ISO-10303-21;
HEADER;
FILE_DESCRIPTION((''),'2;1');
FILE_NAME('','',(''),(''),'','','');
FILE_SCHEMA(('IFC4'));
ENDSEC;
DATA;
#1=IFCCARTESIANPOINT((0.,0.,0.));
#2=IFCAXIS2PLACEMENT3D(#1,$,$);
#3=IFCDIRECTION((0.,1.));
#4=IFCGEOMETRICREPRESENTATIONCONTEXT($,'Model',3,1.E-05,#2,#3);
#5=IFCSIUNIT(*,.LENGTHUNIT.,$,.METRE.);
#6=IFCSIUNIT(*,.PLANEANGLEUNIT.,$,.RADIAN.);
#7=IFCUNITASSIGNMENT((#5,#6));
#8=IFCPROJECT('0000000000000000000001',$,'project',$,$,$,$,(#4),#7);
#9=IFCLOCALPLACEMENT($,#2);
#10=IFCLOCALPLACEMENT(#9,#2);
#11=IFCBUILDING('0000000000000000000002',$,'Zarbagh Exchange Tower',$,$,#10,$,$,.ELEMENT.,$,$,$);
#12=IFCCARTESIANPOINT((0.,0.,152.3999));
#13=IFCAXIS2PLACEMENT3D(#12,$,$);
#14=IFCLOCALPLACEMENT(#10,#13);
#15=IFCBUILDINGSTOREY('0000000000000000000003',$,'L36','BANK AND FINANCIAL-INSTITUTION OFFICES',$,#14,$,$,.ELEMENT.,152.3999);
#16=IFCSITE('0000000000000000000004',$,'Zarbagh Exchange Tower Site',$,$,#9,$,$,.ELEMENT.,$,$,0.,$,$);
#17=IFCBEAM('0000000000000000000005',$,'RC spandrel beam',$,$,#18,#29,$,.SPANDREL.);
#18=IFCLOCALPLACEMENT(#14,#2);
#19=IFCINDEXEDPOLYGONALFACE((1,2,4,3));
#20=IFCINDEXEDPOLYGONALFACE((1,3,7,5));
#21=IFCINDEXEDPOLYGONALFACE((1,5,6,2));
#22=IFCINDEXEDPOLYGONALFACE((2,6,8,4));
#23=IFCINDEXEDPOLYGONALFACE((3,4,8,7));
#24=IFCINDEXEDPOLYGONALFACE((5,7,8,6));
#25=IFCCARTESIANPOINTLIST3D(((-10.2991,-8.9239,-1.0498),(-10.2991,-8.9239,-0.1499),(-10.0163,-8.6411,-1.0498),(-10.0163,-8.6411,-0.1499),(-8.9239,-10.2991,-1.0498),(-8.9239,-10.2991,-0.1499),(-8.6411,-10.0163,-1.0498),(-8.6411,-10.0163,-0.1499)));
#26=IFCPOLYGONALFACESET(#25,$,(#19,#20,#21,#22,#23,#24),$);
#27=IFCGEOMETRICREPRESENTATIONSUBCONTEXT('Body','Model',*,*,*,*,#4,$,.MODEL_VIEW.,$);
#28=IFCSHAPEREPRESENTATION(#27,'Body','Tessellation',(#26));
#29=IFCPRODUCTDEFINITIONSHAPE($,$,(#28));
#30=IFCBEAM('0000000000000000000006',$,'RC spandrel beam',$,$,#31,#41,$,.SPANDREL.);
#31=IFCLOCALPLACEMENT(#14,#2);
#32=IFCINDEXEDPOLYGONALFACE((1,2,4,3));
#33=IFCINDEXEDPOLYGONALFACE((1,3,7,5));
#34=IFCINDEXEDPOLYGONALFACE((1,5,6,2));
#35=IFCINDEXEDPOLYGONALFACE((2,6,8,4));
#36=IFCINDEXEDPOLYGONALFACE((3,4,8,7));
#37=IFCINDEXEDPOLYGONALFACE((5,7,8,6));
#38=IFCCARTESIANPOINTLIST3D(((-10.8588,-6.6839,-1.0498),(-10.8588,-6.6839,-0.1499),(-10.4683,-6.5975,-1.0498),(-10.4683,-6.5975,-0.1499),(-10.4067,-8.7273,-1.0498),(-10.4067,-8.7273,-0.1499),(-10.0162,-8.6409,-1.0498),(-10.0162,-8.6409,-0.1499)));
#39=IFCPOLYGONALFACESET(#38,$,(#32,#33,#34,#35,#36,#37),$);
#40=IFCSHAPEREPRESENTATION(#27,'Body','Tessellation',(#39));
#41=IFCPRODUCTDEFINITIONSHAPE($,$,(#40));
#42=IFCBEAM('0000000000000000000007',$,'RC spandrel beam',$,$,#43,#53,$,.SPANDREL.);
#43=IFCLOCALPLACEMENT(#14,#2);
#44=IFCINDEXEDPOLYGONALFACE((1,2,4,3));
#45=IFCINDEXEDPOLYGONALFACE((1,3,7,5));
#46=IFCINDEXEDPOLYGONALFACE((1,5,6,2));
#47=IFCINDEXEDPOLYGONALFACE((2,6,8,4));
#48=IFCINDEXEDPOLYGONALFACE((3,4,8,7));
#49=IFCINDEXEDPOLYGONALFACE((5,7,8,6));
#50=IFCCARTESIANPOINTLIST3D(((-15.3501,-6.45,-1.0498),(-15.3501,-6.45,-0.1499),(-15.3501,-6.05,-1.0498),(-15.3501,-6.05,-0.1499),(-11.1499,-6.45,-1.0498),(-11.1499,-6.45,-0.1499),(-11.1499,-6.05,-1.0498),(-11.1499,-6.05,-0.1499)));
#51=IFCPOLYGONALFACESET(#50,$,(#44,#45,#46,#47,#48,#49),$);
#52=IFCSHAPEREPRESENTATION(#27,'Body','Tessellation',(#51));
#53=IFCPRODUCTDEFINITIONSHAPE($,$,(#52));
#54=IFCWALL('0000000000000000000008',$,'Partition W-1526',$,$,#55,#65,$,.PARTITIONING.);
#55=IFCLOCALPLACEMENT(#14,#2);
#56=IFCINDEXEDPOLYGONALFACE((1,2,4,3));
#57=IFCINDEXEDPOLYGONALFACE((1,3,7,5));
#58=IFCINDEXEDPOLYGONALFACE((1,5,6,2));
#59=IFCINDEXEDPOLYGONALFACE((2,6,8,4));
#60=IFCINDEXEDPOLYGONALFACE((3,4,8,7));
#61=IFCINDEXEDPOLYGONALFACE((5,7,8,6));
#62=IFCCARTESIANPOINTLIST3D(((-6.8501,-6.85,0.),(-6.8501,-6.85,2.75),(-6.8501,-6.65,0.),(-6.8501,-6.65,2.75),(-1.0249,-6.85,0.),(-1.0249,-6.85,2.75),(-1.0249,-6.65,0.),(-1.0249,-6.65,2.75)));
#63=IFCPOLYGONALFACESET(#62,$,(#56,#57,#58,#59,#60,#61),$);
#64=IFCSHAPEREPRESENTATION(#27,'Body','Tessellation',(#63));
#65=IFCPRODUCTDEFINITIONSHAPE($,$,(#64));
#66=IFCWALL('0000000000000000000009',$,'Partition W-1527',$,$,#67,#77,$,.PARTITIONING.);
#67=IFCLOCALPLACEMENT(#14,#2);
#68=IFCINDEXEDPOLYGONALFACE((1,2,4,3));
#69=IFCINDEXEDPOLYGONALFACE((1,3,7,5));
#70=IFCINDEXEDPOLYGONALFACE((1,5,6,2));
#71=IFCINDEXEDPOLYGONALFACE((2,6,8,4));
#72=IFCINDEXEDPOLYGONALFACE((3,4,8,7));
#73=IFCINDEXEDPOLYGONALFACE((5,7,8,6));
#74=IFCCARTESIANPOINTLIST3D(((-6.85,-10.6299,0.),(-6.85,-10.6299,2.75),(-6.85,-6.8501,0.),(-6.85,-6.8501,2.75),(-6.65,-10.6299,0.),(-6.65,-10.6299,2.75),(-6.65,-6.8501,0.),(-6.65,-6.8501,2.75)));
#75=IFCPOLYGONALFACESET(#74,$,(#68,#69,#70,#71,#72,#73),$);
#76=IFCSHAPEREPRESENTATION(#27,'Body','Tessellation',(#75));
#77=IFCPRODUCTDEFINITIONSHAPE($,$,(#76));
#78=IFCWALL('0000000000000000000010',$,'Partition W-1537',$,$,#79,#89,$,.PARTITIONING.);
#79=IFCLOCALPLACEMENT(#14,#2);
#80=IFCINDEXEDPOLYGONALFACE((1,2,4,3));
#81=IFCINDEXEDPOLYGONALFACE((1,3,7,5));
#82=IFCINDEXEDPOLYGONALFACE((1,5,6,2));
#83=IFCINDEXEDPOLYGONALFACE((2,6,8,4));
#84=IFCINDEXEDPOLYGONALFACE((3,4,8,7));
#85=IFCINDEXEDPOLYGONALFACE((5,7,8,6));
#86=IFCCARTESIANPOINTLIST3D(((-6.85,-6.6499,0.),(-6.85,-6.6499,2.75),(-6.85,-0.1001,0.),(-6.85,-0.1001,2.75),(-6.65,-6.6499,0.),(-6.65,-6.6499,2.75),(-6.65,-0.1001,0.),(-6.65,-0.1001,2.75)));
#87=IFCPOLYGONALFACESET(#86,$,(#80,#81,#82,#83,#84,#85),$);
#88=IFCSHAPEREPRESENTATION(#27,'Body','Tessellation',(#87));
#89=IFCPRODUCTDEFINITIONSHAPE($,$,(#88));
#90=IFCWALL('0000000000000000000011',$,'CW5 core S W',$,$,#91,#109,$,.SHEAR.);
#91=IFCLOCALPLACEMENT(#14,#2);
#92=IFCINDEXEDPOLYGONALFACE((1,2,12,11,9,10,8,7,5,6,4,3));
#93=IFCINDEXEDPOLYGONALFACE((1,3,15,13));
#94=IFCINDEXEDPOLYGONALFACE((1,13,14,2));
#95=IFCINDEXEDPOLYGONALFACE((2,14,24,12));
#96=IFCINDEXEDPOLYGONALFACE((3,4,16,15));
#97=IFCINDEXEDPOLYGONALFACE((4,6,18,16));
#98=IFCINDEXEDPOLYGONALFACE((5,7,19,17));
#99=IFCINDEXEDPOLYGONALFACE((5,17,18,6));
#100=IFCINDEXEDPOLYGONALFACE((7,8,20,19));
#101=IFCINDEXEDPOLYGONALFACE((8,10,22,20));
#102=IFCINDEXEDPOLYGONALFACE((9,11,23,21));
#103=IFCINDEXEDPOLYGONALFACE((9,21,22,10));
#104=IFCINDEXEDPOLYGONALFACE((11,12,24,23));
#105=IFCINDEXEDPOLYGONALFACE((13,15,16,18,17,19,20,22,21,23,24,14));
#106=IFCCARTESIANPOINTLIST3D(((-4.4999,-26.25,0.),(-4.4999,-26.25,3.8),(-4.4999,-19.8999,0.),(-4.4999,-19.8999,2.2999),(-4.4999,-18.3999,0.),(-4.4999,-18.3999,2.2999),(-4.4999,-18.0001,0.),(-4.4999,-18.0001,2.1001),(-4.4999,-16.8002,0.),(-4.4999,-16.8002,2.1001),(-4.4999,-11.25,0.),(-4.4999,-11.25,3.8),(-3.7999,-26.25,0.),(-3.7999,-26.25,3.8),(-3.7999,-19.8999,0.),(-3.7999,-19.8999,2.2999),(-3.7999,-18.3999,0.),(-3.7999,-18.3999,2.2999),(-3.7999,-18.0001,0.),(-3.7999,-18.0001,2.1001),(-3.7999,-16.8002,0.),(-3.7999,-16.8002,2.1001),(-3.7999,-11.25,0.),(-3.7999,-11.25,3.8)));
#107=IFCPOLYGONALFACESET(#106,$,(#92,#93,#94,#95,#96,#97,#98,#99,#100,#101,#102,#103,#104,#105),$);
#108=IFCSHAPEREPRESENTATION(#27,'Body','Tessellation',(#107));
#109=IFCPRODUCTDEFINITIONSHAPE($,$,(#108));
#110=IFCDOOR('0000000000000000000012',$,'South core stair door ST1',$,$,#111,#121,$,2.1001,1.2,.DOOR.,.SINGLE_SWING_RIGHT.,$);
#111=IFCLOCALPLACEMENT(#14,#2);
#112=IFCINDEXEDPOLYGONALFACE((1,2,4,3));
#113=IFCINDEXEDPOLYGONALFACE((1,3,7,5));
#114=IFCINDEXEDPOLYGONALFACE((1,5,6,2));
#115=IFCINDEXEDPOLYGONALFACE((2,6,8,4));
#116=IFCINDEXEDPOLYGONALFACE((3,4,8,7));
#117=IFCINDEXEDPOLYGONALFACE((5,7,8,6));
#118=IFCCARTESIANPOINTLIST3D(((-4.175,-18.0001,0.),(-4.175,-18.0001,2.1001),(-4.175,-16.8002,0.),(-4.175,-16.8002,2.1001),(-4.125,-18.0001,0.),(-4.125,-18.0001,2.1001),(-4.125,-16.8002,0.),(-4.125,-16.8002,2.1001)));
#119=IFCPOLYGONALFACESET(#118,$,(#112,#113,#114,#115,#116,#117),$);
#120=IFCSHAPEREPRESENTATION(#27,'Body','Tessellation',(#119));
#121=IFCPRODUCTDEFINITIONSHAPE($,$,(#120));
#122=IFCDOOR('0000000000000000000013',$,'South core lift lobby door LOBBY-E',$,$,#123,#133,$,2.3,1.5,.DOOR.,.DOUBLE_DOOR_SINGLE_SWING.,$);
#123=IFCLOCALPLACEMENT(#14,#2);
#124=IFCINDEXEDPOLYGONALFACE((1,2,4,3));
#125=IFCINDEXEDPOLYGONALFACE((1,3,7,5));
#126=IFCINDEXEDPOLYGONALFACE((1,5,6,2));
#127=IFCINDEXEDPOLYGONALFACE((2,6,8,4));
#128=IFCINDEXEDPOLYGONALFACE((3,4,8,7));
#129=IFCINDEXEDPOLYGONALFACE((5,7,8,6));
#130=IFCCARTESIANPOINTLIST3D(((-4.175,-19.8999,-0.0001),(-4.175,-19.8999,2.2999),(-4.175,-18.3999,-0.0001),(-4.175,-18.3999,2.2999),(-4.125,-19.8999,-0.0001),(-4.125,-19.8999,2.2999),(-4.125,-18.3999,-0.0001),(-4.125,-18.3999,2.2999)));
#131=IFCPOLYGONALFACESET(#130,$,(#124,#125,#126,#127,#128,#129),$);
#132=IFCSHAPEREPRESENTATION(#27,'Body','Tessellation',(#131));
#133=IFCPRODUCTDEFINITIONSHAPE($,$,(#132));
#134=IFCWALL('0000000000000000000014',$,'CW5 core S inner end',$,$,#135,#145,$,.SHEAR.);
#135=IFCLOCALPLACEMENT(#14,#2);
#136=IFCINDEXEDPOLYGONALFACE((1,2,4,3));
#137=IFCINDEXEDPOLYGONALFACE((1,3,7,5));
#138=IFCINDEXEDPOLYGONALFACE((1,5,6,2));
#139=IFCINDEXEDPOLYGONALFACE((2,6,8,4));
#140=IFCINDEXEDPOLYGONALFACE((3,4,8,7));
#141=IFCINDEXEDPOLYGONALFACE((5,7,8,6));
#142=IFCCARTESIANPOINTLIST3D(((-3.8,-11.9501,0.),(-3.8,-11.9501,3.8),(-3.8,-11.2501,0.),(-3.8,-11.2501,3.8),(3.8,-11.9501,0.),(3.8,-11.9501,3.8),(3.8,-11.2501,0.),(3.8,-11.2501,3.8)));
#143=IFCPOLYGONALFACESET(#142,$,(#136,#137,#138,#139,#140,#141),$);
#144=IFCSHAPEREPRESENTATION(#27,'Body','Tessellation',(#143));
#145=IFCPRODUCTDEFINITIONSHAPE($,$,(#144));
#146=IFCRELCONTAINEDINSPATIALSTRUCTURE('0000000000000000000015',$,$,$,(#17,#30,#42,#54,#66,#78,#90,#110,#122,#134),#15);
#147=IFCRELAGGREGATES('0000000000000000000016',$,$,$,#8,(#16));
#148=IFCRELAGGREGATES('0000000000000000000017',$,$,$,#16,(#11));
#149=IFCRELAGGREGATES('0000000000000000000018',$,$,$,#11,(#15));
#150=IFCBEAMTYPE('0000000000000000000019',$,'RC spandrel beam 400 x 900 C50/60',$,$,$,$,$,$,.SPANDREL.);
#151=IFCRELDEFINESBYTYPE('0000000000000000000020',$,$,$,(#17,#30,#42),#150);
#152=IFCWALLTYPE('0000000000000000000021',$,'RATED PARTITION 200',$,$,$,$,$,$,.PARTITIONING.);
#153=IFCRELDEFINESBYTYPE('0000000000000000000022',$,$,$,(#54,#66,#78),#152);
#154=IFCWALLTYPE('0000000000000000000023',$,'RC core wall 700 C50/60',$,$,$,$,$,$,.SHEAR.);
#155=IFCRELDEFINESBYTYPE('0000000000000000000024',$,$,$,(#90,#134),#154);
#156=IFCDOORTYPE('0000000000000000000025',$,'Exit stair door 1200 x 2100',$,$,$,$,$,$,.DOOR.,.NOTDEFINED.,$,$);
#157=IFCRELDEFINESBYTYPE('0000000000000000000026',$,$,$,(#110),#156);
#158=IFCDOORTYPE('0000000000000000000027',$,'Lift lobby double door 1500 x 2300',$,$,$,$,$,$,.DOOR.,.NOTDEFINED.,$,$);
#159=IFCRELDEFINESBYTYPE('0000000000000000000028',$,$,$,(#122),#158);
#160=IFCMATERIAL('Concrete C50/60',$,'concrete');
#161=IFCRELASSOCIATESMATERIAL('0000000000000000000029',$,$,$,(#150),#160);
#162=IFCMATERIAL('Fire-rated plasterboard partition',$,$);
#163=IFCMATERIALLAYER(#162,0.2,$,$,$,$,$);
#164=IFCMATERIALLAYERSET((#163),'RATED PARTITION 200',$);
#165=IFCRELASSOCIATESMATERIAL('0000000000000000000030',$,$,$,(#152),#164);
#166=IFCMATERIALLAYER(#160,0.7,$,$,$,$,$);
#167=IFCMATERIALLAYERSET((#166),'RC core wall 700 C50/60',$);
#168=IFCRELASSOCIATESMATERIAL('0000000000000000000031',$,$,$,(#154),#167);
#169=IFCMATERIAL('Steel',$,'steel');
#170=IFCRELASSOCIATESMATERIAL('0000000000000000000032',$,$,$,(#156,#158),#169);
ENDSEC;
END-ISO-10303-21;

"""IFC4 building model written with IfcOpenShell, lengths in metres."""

from ifc_helpers import new_model, si_unit, direction, frame, frame_2d, origin, origin_2d, place, context, subcontext, project, spatial, rectangle, extrude, material, layer, layer_set, material_profile, profile_set, type_object, element, fill, save


model = new_model("IFC4")

# Units and contexts
model_context = context("Model", 3, precision=1e-05, world=origin(), true_north=direction((0.0, 1.0)))
body_context = subcontext(model_context, "Body", "Model", "MODEL_VIEW")
ifc_project = project(units=[si_unit("LENGTHUNIT", "METRE"), si_unit("PLANEANGLEUNIT", "RADIAN")], contexts=[model_context])

# Site, building, storey
site_placement = place(None, origin())
site = spatial("IfcSite", under=ifc_project, at=site_placement, Name="Zarbagh Exchange Tower Site", CompositionType="ELEMENT", RefElevation=0.0)
building_placement = place(site_placement, origin())
building = spatial("IfcBuilding", under=site, at=building_placement, Name="Zarbagh Exchange Tower", CompositionType="ELEMENT")
storey_placement = place(building_placement, frame((0.0, 0.0, 152.3999)))
storey = spatial("IfcBuildingStorey", under=building, at=storey_placement, Name="L36", Description="BANK AND FINANCIAL-INSTITUTION OFFICES", CompositionType="ELEMENT", Elevation=152.3999)

# Shared definitions
ifc_material_1 = material(Name="Concrete C50/60", Category="concrete")

# Beams
ifc_material_profile_1 = material_profile(ifc_material_1, rectangle(XDim=0.3999, YDim=0.8999, at=origin_2d()), Name="RC spandrel beam 400 x 900 C50/60")
ifc_profile_set_1 = profile_set([ifc_material_profile_1], Name="Concrete C50/60")
beam_type_1 = type_object("IfcBeamType", Name="RC spandrel beam 400 x 900 C50/60", PredefinedType="SPANDREL", material=ifc_profile_set_1)
beam_1_placement = place(storey_placement, frame((-8.7825, -10.1577, -0.5999), z_axis=(-0.707107, 0.707107, 0.0), x_axis=(-0.707107, -0.707107, 0.0)))
element("IfcBeam", 1, at=beam_1_placement, inside=storey, type_object=beam_type_1, Name="RC spandrel beam", PredefinedType="SPANDREL", context=body_context, shape_type="SweptSolid", body=[
    extrude(rectangle(XDim=0.3999, YDim=0.8999, at=origin_2d()), origin(), (0.0, 0.0, 1.0), 1.9448),
])
beam_2_placement = place(storey_placement, frame((-10.2114, -8.6841, -0.5999), z_axis=(-0.216041, 0.976384, 0.0), x_axis=(-0.976384, -0.216041, 0.0)))
element("IfcBeam", 2, at=beam_2_placement, inside=storey, type_object=beam_type_1, Name="RC spandrel beam", PredefinedType="SPANDREL", context=body_context, shape_type="SweptSolid", body=[
    extrude(rectangle(XDim=0.3999, YDim=0.8999, at=origin_2d()), origin(), (0.0, 0.0, 1.0), 2.0928),
])
beam_3_placement = place(storey_placement, frame((-11.1499, -6.25, -0.5999), z_axis=(-1.0, 0.0, 0.0), x_axis=(0.0, -1.0, 0.0)))
element("IfcBeam", 3, at=beam_3_placement, inside=storey, type_object=beam_type_1, Name="RC spandrel beam", PredefinedType="SPANDREL", context=body_context, shape_type="SweptSolid", body=[
    extrude(rectangle(XDim=0.3999, YDim=0.8999, at=origin_2d()), origin(), (0.0, 0.0, 1.0), 4.2002),
])

# Walls
ifc_material_2 = material(Name="Fire-rated plasterboard partition")
ifc_layer_1 = layer(ifc_material_2, 0.2)
ifc_layer_set_1 = layer_set([ifc_layer_1], Name="RATED PARTITION 200")
wall_type_1 = type_object("IfcWallType", Name="RATED PARTITION 200", PredefinedType="PARTITIONING", material=ifc_layer_set_1)
wall_1_placement = place(storey_placement, frame((-6.8501, -6.75, 0.0), z_axis=(0.0, 0.0, 1.0), x_axis=(1.0, 0.0, 0.0)))
element("IfcWall", 4, at=wall_1_placement, inside=storey, type_object=wall_type_1, Name="Partition W-1526", PredefinedType="PARTITIONING", context=body_context, shape_type="SweptSolid", body=[
    extrude(rectangle(XDim=5.8252, YDim=0.2, at=frame_2d((2.9126, 0.0))), origin(), (0.0, 0.0, 1.0), 2.75),
])
wall_2_placement = place(storey_placement, frame((-6.75, -10.6299, 0.0), z_axis=(0.0, 0.0, 1.0), x_axis=(0.0, 1.0, 0.0)))
element("IfcWall", 5, at=wall_2_placement, inside=storey, type_object=wall_type_1, Name="Partition W-1527", PredefinedType="PARTITIONING", context=body_context, shape_type="SweptSolid", body=[
    extrude(rectangle(XDim=3.7798, YDim=0.2, at=frame_2d((1.8899, 0.0))), origin(), (0.0, 0.0, 1.0), 2.75),
])
wall_3_placement = place(storey_placement, frame((-6.75, -6.6499, 0.0), z_axis=(0.0, 0.0, 1.0), x_axis=(0.0, 1.0, 0.0)))
element("IfcWall", 6, at=wall_3_placement, inside=storey, type_object=wall_type_1, Name="Partition W-1537", PredefinedType="PARTITIONING", context=body_context, shape_type="SweptSolid", body=[
    extrude(rectangle(XDim=6.5498, YDim=0.2, at=frame_2d((3.2749, 0.0))), origin(), (0.0, 0.0, 1.0), 2.75),
])

# Wall, openings, doors
ifc_layer_2 = layer(ifc_material_1, 0.7)
ifc_layer_set_2 = layer_set([ifc_layer_2], Name="RC core wall 700 C50/60")
wall_type_2 = type_object("IfcWallType", Name="RC core wall 700 C50/60", PredefinedType="SHEAR", material=ifc_layer_set_2)
wall_4_placement = place(storey_placement, frame((-4.1499, -11.25, 0.0), z_axis=(0.0, 0.0, 1.0), x_axis=(0.0, -1.0, 0.0)))
wall_4 = element("IfcWall", 7, at=wall_4_placement, inside=storey, type_object=wall_type_2, Name="CW5 core S W", PredefinedType="SHEAR", context=body_context, shape_type="SweptSolid", body=[
    extrude(rectangle(XDim=15.0, YDim=0.7, at=frame_2d((7.5, 0.0))), origin(), (0.0, 0.0, 1.0), 3.8),
])
opening_1_placement = place(wall_4_placement, frame((7.1499, 0.0, 0.0)))
opening_1 = element("IfcOpeningElement", 8, at=opening_1_placement, cuts=wall_4, PredefinedType="OPENING", context=body_context, shape_type="SweptSolid", body=[
    extrude(rectangle(XDim=1.5, YDim=2.3, at=frame_2d((0.75, 1.1499))), frame((0.0, 0.3599, 0.0), z_axis=(0.0, -1.0, 0.0), x_axis=(1.0, 0.0, 0.0)), (0.0, 0.0, 1.0), 0.72),
])
opening_2_placement = place(wall_4_placement, frame((5.55, 0.0, 0.0)))
opening_2 = element("IfcOpeningElement", 9, at=opening_2_placement, cuts=wall_4, PredefinedType="OPENING", context=body_context, shape_type="SweptSolid", body=[
    extrude(rectangle(XDim=1.2, YDim=2.1001, at=frame_2d((0.6001, 1.05))), frame((0.0, 0.3599, 0.0), z_axis=(0.0, -1.0, 0.0), x_axis=(1.0, 0.0, 0.0)), (0.0, 0.0, 1.0), 0.72),
])
ifc_material_3 = material(Name="Steel", Category="steel")
door_type_1 = type_object("IfcDoorType", Name="Exit stair door 1200 x 2100", OperationType="NOTDEFINED", PredefinedType="DOOR", material=ifc_material_3)
door_1_placement = place(opening_2_placement, origin())
door_1 = element("IfcDoor", 10, at=door_1_placement, inside=storey, type_object=door_type_1, Name="South core stair door ST1", OperationType="SINGLE_SWING_RIGHT", OverallHeight=2.1001, OverallWidth=1.2, PredefinedType="DOOR", context=body_context, shape_type="SweptSolid", body=[
    extrude(rectangle(XDim=1.2, YDim=2.1001, at=frame_2d((0.6001, 1.05))), frame((0.0, 0.0249, 0.0), z_axis=(0.0, -1.0, 0.0), x_axis=(1.0, 0.0, 0.0)), (0.0, 0.0, 1.0), 0.05),
])
fill(opening_2, door_1)
door_type_2 = type_object("IfcDoorType", Name="Lift lobby double door 1500 x 2300", OperationType="NOTDEFINED", PredefinedType="DOOR", material=ifc_material_3)
door_2_placement = place(opening_1_placement, origin())
door_2 = element("IfcDoor", 11, at=door_2_placement, inside=storey, type_object=door_type_2, Name="South core lift lobby door LOBBY-E", OperationType="DOUBLE_DOOR_SINGLE_SWING", OverallHeight=2.3, OverallWidth=1.5, PredefinedType="DOOR", context=body_context, shape_type="SweptSolid", body=[
    extrude(rectangle(XDim=1.5, YDim=2.3, at=frame_2d((0.75, 1.1499))), frame((0.0, 0.0249, 0.0), z_axis=(0.0, -1.0, 0.0), x_axis=(1.0, 0.0, 0.0)), (0.0, 0.0, 1.0), 0.05),
])
fill(opening_1, door_2)

# Wall
wall_5_placement = place(storey_placement, frame((-3.8, -11.6001, 0.0), z_axis=(0.0, 0.0, 1.0), x_axis=(1.0, 0.0, 0.0)))
element("IfcWall", 12, at=wall_5_placement, inside=storey, type_object=wall_type_2, Name="CW5 core S inner end", PredefinedType="SHEAR", context=body_context, shape_type="SweptSolid", body=[
    extrude(rectangle(XDim=7.6001, YDim=0.7, at=frame_2d((3.8, 0.0))), origin(), (0.0, 0.0, 1.0), 3.8),
])

save(model, "model.ifc")
